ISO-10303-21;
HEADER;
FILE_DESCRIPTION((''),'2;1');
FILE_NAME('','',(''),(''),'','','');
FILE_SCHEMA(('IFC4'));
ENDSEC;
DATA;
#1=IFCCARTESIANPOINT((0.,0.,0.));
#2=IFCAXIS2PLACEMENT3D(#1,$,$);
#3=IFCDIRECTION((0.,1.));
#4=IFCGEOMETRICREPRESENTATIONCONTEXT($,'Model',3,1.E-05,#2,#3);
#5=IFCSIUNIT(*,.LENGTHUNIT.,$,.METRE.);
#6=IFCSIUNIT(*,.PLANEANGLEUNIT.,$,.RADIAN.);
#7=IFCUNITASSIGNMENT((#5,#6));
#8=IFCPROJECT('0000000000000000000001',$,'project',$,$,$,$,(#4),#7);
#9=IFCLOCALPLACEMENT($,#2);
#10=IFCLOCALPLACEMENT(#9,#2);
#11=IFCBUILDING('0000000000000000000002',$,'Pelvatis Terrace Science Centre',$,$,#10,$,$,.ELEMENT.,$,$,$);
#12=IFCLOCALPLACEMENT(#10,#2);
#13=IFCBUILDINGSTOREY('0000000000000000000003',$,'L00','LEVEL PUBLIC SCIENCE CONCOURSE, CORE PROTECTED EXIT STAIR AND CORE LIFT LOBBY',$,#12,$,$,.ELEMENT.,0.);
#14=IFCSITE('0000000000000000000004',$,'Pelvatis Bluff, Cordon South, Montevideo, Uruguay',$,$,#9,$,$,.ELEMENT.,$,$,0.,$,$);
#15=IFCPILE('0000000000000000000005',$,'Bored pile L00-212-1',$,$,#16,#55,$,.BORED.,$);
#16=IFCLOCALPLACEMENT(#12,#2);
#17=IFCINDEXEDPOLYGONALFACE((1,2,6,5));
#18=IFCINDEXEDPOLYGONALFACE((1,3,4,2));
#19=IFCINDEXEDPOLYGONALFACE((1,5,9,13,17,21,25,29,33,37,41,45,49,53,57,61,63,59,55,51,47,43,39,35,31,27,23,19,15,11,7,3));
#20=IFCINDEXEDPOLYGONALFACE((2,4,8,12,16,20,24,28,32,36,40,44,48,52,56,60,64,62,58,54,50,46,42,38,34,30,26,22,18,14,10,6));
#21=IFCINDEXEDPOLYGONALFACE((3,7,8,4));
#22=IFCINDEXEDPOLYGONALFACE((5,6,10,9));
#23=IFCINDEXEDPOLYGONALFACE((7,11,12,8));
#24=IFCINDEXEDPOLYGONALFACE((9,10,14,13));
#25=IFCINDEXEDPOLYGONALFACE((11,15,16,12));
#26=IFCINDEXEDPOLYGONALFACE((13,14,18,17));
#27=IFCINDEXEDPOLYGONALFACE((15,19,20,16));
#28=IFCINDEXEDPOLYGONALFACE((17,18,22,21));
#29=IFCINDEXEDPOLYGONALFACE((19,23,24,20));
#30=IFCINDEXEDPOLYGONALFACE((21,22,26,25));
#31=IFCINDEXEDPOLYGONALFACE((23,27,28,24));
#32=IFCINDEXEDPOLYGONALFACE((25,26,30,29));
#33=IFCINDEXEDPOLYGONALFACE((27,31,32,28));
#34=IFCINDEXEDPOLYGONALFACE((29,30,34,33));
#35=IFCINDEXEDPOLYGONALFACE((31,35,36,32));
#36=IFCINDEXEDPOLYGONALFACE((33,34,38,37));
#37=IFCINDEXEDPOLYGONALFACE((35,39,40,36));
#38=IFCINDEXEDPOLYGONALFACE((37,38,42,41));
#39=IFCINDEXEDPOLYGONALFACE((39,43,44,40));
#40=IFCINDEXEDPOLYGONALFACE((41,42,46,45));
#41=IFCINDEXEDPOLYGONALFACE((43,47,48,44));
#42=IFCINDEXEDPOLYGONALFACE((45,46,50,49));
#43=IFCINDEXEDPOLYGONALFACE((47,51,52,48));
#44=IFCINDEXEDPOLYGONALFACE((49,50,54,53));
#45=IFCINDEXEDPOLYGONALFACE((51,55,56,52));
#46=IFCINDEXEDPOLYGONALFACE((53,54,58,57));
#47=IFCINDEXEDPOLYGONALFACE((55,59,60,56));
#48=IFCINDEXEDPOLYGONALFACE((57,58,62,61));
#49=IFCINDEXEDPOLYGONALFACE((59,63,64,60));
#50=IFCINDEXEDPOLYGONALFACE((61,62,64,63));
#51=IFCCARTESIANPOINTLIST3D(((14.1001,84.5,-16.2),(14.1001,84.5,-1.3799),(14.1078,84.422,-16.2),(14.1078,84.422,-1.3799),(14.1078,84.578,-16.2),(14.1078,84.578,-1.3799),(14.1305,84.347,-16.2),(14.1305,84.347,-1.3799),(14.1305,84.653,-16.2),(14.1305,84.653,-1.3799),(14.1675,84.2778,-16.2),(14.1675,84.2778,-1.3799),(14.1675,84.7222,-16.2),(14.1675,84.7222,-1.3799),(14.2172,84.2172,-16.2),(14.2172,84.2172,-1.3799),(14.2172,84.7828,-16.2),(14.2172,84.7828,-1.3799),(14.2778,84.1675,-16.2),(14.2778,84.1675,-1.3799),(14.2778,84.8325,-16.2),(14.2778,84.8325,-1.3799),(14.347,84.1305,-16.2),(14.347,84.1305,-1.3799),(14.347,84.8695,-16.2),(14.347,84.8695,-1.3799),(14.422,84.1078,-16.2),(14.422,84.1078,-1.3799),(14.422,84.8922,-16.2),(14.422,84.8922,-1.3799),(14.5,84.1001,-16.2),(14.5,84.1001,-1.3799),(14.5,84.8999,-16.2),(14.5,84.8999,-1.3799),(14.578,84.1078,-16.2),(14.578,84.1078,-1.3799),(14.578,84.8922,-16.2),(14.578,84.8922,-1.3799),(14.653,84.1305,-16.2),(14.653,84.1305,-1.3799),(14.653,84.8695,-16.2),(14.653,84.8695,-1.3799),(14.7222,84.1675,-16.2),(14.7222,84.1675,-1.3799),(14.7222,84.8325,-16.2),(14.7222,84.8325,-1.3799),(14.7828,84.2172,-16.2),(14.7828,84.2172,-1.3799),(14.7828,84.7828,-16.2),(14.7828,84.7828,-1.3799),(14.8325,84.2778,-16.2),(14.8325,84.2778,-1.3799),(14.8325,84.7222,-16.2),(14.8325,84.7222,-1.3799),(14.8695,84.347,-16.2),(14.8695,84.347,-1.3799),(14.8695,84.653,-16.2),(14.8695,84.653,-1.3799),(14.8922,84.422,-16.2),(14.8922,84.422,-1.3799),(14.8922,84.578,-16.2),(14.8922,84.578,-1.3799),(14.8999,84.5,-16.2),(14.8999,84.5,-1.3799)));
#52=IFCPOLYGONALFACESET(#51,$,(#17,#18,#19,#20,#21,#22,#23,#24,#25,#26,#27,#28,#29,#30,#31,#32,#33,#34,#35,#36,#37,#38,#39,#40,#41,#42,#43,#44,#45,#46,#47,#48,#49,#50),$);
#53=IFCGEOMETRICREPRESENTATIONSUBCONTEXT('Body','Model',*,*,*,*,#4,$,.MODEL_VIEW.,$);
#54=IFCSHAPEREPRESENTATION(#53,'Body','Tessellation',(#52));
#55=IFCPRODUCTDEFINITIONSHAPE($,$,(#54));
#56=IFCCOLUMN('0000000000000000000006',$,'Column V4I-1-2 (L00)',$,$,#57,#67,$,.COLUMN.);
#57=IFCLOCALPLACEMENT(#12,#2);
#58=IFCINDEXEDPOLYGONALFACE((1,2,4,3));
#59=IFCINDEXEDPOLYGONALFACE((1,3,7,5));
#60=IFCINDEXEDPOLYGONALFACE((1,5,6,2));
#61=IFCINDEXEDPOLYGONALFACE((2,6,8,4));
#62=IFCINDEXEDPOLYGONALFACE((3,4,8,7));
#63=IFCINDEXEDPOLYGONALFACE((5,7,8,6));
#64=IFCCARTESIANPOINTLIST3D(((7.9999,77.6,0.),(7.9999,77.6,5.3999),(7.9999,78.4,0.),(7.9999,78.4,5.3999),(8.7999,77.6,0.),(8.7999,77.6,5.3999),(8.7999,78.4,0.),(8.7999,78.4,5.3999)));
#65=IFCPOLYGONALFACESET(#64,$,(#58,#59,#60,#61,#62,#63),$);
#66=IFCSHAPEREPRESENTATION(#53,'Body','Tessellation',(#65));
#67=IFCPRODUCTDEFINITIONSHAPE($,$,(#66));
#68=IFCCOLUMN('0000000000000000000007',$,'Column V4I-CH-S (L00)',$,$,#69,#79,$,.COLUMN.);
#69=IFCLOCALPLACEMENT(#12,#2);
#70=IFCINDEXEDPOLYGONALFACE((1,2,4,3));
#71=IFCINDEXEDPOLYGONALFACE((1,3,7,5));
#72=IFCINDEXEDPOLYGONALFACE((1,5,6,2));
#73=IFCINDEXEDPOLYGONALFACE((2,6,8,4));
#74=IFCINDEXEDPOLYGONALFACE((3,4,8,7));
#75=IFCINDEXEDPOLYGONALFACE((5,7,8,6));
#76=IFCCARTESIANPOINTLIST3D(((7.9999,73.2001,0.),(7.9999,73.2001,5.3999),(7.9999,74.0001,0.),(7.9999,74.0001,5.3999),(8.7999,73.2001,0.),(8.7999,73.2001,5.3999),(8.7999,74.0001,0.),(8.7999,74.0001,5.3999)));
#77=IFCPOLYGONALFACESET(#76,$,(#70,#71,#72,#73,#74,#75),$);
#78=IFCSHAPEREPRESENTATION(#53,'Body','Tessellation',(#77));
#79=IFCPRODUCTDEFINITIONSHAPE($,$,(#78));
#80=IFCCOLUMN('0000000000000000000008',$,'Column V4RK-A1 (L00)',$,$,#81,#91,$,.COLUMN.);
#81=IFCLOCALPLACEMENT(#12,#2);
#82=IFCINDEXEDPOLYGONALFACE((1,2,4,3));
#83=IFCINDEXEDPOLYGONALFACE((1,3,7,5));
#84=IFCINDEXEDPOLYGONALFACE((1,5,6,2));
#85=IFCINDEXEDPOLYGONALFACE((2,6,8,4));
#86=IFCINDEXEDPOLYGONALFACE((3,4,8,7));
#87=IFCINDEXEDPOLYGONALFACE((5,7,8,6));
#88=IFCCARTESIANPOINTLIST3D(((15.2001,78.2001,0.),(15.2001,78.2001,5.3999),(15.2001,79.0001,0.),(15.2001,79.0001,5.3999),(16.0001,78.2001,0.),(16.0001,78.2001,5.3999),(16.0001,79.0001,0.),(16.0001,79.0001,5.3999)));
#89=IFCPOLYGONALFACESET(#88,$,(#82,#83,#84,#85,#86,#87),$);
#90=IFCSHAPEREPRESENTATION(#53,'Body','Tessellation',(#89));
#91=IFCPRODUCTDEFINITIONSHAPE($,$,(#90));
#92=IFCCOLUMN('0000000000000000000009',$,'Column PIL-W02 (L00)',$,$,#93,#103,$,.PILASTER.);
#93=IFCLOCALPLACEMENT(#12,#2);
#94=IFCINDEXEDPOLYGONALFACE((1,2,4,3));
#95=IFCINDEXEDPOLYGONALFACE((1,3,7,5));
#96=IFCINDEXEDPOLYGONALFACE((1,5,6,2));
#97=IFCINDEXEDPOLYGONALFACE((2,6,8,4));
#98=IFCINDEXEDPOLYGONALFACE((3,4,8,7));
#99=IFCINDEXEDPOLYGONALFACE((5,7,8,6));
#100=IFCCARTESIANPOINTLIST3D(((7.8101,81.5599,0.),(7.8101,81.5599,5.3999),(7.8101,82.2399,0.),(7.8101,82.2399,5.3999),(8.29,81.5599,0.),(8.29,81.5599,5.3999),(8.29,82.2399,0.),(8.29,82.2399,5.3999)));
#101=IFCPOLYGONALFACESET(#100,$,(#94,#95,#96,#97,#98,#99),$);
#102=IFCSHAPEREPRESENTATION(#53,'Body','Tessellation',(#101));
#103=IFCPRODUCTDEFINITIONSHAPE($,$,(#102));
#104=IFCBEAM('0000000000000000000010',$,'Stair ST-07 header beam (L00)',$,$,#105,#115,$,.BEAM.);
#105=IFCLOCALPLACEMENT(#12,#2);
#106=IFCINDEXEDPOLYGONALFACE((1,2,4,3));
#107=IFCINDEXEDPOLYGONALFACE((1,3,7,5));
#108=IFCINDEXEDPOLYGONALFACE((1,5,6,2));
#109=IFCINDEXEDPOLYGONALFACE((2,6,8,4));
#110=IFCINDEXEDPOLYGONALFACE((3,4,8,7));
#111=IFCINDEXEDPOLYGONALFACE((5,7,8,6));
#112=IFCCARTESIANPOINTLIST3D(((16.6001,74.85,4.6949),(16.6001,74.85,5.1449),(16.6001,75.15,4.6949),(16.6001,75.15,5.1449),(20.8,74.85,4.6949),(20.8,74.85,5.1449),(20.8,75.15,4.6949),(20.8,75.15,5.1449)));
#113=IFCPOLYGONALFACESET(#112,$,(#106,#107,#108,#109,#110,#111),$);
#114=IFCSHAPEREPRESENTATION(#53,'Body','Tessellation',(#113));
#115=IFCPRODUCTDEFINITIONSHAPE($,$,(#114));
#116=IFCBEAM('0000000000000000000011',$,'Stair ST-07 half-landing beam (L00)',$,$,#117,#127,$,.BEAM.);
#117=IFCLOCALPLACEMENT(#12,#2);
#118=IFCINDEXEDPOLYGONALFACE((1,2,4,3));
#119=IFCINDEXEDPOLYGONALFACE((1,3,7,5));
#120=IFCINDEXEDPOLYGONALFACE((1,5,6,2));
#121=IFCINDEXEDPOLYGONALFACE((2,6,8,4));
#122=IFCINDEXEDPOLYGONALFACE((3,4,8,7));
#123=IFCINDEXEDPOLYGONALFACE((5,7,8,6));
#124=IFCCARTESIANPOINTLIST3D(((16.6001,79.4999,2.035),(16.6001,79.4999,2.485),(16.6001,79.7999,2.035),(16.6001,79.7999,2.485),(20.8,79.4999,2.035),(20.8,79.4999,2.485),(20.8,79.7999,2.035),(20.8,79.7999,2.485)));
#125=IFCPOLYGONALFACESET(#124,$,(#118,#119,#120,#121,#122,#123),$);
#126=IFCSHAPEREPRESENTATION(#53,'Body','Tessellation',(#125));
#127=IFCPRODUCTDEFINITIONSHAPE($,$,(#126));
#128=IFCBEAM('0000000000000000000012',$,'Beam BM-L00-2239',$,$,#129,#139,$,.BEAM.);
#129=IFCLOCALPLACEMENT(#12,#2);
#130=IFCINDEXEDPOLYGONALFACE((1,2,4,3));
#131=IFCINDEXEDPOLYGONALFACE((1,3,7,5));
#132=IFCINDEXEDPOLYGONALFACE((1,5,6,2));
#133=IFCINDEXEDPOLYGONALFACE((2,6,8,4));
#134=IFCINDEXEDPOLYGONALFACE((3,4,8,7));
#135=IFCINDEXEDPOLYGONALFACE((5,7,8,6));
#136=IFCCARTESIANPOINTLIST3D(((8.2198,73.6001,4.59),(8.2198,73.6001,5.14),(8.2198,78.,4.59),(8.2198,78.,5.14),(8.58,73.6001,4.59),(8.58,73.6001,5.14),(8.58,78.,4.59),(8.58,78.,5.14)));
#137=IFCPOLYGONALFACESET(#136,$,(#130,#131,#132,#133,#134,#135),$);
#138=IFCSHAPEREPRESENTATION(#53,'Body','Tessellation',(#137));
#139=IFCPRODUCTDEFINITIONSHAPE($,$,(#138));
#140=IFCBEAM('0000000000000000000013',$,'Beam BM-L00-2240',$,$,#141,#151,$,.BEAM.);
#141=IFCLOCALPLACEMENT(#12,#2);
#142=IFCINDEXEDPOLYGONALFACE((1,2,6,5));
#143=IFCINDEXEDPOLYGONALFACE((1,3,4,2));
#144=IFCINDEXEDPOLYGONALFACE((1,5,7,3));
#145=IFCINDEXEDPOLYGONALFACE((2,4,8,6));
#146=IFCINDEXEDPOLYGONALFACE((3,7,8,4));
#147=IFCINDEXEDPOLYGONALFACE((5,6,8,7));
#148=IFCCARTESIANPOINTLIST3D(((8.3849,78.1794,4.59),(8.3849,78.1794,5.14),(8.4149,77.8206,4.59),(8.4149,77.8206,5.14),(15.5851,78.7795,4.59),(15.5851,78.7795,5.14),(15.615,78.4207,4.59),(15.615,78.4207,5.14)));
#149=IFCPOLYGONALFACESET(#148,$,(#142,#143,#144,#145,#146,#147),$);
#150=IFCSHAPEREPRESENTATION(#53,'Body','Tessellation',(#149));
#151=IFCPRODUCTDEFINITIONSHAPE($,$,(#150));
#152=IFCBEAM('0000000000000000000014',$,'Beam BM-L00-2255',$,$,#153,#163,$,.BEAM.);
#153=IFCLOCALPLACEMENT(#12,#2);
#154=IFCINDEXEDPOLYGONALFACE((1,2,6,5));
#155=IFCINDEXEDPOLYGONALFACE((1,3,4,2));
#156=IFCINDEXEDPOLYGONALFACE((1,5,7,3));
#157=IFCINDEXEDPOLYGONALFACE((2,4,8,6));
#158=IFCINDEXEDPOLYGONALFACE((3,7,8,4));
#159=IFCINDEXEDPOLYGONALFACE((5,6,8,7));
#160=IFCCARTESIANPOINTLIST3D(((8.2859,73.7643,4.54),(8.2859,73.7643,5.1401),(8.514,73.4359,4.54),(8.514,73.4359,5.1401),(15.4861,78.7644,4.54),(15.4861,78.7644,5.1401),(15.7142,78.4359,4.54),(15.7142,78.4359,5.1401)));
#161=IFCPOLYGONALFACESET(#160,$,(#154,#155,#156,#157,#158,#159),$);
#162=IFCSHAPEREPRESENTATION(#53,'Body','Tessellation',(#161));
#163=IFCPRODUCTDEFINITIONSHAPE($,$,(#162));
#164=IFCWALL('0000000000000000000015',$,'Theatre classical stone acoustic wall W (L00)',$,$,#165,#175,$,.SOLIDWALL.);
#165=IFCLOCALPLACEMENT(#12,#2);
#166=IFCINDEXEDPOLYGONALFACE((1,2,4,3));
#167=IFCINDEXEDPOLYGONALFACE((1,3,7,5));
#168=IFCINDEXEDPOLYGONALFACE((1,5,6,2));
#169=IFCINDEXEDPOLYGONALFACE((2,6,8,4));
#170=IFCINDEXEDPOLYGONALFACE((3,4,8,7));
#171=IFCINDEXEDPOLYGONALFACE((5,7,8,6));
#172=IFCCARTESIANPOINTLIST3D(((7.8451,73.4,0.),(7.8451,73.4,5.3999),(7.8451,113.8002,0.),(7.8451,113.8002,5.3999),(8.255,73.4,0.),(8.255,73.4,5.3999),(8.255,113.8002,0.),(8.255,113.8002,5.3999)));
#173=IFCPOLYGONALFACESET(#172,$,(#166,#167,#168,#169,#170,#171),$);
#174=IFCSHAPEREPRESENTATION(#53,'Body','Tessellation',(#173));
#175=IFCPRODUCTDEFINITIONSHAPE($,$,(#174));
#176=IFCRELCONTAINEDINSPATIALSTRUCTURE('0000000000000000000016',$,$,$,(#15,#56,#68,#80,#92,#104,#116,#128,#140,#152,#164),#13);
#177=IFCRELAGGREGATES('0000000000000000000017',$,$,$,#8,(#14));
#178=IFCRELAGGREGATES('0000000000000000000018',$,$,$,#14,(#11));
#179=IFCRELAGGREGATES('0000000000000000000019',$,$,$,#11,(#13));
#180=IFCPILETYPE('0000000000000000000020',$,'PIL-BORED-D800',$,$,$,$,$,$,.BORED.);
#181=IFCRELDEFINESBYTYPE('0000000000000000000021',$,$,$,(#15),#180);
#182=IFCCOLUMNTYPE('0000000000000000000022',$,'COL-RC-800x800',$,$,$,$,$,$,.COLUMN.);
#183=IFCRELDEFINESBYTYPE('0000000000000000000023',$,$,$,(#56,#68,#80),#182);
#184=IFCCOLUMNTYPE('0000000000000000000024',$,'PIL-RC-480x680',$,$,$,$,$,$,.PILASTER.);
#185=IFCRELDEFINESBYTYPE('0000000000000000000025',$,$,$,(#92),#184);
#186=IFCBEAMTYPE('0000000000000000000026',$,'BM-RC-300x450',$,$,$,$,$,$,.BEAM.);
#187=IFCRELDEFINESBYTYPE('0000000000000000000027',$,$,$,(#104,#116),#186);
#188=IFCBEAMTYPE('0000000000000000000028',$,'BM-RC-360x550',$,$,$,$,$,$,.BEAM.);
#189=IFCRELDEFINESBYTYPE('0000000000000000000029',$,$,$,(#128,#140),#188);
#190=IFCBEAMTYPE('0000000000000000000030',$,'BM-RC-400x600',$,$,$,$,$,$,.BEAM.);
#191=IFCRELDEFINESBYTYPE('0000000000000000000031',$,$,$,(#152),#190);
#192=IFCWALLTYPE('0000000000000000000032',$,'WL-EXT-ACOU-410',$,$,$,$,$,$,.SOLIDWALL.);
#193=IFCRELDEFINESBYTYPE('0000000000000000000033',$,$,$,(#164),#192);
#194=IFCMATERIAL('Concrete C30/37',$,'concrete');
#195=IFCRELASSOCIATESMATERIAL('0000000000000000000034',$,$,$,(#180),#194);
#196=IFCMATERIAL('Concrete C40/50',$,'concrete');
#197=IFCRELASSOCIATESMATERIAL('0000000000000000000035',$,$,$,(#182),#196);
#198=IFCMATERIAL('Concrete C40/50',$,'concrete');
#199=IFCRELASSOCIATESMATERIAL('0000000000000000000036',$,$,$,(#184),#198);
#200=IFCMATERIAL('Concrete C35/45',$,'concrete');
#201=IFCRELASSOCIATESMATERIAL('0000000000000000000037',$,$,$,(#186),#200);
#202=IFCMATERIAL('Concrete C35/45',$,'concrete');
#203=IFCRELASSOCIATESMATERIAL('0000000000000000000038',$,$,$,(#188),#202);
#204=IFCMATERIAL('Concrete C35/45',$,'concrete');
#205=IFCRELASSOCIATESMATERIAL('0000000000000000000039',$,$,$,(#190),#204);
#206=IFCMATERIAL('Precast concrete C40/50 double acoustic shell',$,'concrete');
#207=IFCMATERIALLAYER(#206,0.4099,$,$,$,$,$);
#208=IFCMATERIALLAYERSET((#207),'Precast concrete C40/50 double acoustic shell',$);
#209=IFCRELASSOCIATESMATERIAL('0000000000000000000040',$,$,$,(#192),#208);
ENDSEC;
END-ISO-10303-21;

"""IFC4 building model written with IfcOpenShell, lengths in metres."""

from ifc_helpers import new_model, si_unit, direction, frame, frame_2d, origin, origin_2d, place, context, subcontext, project, spatial, rectangle, circle, extrude, material, layer, layer_set, material_profile, profile_set, type_object, element, save


model = new_model("IFC4")

# Units and contexts
model_context = context("Model", 3, precision=1e-05, world=origin(), true_north=direction((0.0, 1.0)))
body_context = subcontext(model_context, "Body", "Model", "MODEL_VIEW")
ifc_project = project(units=[si_unit("LENGTHUNIT", "METRE"), si_unit("PLANEANGLEUNIT", "RADIAN")], contexts=[model_context])

# Site, building, storey
site_placement = place(None, origin())
site = spatial("IfcSite", under=ifc_project, at=site_placement, Name="Pelvatis Bluff, Cordon South, Montevideo, Uruguay", CompositionType="ELEMENT", RefElevation=0.0)
building_placement = place(site_placement, origin())
building = spatial("IfcBuilding", under=site, at=building_placement, Name="Pelvatis Terrace Science Centre", CompositionType="ELEMENT")
storey_placement = place(building_placement, origin())
storey = spatial("IfcBuildingStorey", under=building, at=storey_placement, Name="L00", Description="LEVEL PUBLIC SCIENCE CONCOURSE, CORE PROTECTED EXIT STAIR AND CORE LIFT LOBBY", CompositionType="ELEMENT", Elevation=0.0)

# Pile
ifc_material_1 = material(Name="Concrete C30/37", Category="concrete")
ifc_material_profile_1 = material_profile(ifc_material_1, circle(Radius=0.3999, at=origin_2d()), Name="PILE D800")
ifc_profile_set_1 = profile_set([ifc_material_profile_1], Name="Concrete C30/37")
pile_type = type_object("IfcPileType", Name="PIL-BORED-D800", PredefinedType="BORED", material=ifc_profile_set_1)
pile_placement = place(storey_placement, frame((14.5, 84.5, -1.3799), z_axis=(0.0, 0.0, -1.0), x_axis=(1.0, 0.0, 0.0)))
element("IfcPile", 1, at=pile_placement, inside=storey, type_object=pile_type, Name="Bored pile L00-212-1", PredefinedType="BORED", context=body_context, shape_type="SweptSolid", body=[
    extrude(circle(Radius=0.3999, at=origin_2d()), origin(), (0.0, 0.0, 1.0), 14.8201),
])

# Columns
ifc_material_2 = material(Name="Concrete C40/50", Category="concrete")
ifc_material_profile_2 = material_profile(ifc_material_2, rectangle(XDim=0.8, YDim=0.8, at=origin_2d()), Name="RC-COL 800x800")
ifc_profile_set_2 = profile_set([ifc_material_profile_2], Name="Concrete C40/50")
column_type_1 = type_object("IfcColumnType", Name="COL-RC-800x800", PredefinedType="COLUMN", material=ifc_profile_set_2)
for number, where, z_axis, x_axis, name in (
    (2, (8.3999, 78.0, 0.0), (0.0, 0.0, 1.0), (1.0, 0.0, 0.0), "Column V4I-1-2 (L00)"),
    (3, (8.3999, 73.6001, 0.0), (0.0, 0.0, 1.0), (1.0, 0.0, 0.0), "Column V4I-CH-S (L00)"),
    (4, (15.6001, 78.6001, 0.0), (0.0, 0.0, 1.0), (1.0, 0.0, 0.0), "Column V4RK-A1 (L00)"),
):
    element("IfcColumn", number, at=place(storey_placement, frame(where, z_axis=z_axis, x_axis=x_axis)), inside=storey, type_object=column_type_1, Name=name, PredefinedType="COLUMN", context=body_context, shape_type="SweptSolid", body=[
        extrude(rectangle(XDim=0.8, YDim=0.8, at=origin_2d()), origin(), (0.0, 0.0, 1.0), 5.3999),
    ])
ifc_material_3 = material(Name="Concrete C40/50", Category="concrete")
ifc_material_profile_3 = material_profile(ifc_material_3, rectangle(XDim=0.48, YDim=0.6799, at=origin_2d()), Name="RC-PIL 480x680")
ifc_profile_set_3 = profile_set([ifc_material_profile_3], Name="Concrete C40/50")
column_type_2 = type_object("IfcColumnType", Name="PIL-RC-480x680", PredefinedType="PILASTER", material=ifc_profile_set_3)
column_placement = place(storey_placement, frame((8.05, 81.8999, 0.0), z_axis=(0.0, 0.0, 1.0), x_axis=(1.0, 0.0, 0.0)))
element("IfcColumn", 5, at=column_placement, inside=storey, type_object=column_type_2, Name="Column PIL-W02 (L00)", PredefinedType="PILASTER", context=body_context, shape_type="SweptSolid", body=[
    extrude(rectangle(XDim=0.48, YDim=0.6799, at=origin_2d()), origin(), (0.0, 0.0, 1.0), 5.3999),
])

# Beams
ifc_material_4 = material(Name="Concrete C35/45", Category="concrete")
ifc_material_profile_4 = material_profile(ifc_material_4, rectangle(XDim=0.3, YDim=0.45, at=origin_2d()), Name="RC-BM 300x450")
ifc_profile_set_4 = profile_set([ifc_material_profile_4], Name="Concrete C35/45")
beam_type_1 = type_object("IfcBeamType", Name="BM-RC-300x450", PredefinedType="BEAM", material=ifc_profile_set_4)
for number, where, z_axis, x_axis, name in (
    (6, (16.6001, 75.0, 4.9199), (1.0, 0.0, 0.0), (0.0, 1.0, 0.0), "Stair ST-07 header beam (L00)"),
    (7, (16.6001, 79.6499, 2.26), (1.0, 0.0, 0.0), (0.0, 1.0, 0.0), "Stair ST-07 half-landing beam (L00)"),
):
    element("IfcBeam", number, at=place(storey_placement, frame(where, z_axis=z_axis, x_axis=x_axis)), inside=storey, type_object=beam_type_1, Name=name, PredefinedType="BEAM", context=body_context, shape_type="SweptSolid", body=[
        extrude(rectangle(XDim=0.3, YDim=0.45, at=origin_2d()), origin(), (0.0, 0.0, 1.0), 4.2),
    ])
ifc_material_5 = material(Name="Concrete C35/45", Category="concrete")
ifc_material_profile_5 = material_profile(ifc_material_5, rectangle(XDim=0.3601, YDim=0.55, at=origin_2d()), Name="RC-BM 360x550")
ifc_profile_set_5 = profile_set([ifc_material_profile_5], Name="Concrete C35/45")
beam_type_2 = type_object("IfcBeamType", Name="BM-RC-360x550", PredefinedType="BEAM", material=ifc_profile_set_5)
beam_1_placement = place(storey_placement, frame((8.3999, 78.0, 4.865), z_axis=(0.0, -1.0, 0.0), x_axis=(1.0, 0.0, 0.0)))
element("IfcBeam", 8, at=beam_1_placement, inside=storey, type_object=beam_type_2, Name="Beam BM-L00-2239", PredefinedType="BEAM", context=body_context, shape_type="SweptSolid", body=[
    extrude(rectangle(XDim=0.3601, YDim=0.55, at=origin_2d()), origin(), (0.0, 0.0, 1.0), 4.3999),
])
beam_2_placement = place(storey_placement, frame((8.3999, 78.0, 4.865), z_axis=(0.996545, 0.083057, 0.0), x_axis=(-0.083057, 0.996545, 0.0)))
element("IfcBeam", 9, at=beam_2_placement, inside=storey, type_object=beam_type_2, Name="Beam BM-L00-2240", PredefinedType="BEAM", context=body_context, shape_type="SweptSolid", body=[
    extrude(rectangle(XDim=0.3601, YDim=0.55, at=origin_2d()), origin(), (0.0, 0.0, 1.0), 7.2251),
])
ifc_material_6 = material(Name="Concrete C35/45", Category="concrete")
ifc_material_profile_6 = material_profile(ifc_material_6, rectangle(XDim=0.3999, YDim=0.6001, at=origin_2d()), Name="RC-BM 400x600")
ifc_profile_set_6 = profile_set([ifc_material_profile_6], Name="Concrete C35/45")
beam_type_3 = type_object("IfcBeamType", Name="BM-RC-400x600", PredefinedType="BEAM", material=ifc_profile_set_6)
beam_3_placement = place(storey_placement, frame((8.3999, 73.6001, 4.8401), z_axis=(0.821377, 0.570385, 0.0), x_axis=(-0.570385, 0.821377, 0.0)))
element("IfcBeam", 10, at=beam_3_placement, inside=storey, type_object=beam_type_3, Name="Beam BM-L00-2255", PredefinedType="BEAM", context=body_context, shape_type="SweptSolid", body=[
    extrude(rectangle(XDim=0.3999, YDim=0.6001, at=origin_2d()), origin(), (0.0, 0.0, 1.0), 8.7661),
])

# Wall
ifc_material_7 = material(Name="Precast concrete C40/50 double acoustic shell", Category="concrete")
ifc_layer_1 = layer(ifc_material_7, 0.4099)
ifc_layer_set_1 = layer_set([ifc_layer_1], Name="Precast concrete C40/50 double acoustic shell")
wall_type_1 = type_object("IfcWallType", Name="WL-EXT-ACOU-410", PredefinedType="SOLIDWALL", material=ifc_layer_set_1)
wall_1_placement = place(storey_placement, frame((8.05, 73.3999, 0.0), z_axis=(0.0, 0.0, 1.0), x_axis=(0.0, 1.0, 0.0)))
element("IfcWall", 11, at=wall_1_placement, inside=storey, type_object=wall_type_1, Name="Theatre classical stone acoustic wall W (L00)", PredefinedType="SOLIDWALL", context=body_context, shape_type="SweptSolid", body=[
    extrude(rectangle(XDim=40.4001, YDim=0.4099, at=frame_2d((20.2002, 0.0))), origin(), (0.0, 0.0, 1.0), 5.3999),
])

save(model, "model.ifc")
